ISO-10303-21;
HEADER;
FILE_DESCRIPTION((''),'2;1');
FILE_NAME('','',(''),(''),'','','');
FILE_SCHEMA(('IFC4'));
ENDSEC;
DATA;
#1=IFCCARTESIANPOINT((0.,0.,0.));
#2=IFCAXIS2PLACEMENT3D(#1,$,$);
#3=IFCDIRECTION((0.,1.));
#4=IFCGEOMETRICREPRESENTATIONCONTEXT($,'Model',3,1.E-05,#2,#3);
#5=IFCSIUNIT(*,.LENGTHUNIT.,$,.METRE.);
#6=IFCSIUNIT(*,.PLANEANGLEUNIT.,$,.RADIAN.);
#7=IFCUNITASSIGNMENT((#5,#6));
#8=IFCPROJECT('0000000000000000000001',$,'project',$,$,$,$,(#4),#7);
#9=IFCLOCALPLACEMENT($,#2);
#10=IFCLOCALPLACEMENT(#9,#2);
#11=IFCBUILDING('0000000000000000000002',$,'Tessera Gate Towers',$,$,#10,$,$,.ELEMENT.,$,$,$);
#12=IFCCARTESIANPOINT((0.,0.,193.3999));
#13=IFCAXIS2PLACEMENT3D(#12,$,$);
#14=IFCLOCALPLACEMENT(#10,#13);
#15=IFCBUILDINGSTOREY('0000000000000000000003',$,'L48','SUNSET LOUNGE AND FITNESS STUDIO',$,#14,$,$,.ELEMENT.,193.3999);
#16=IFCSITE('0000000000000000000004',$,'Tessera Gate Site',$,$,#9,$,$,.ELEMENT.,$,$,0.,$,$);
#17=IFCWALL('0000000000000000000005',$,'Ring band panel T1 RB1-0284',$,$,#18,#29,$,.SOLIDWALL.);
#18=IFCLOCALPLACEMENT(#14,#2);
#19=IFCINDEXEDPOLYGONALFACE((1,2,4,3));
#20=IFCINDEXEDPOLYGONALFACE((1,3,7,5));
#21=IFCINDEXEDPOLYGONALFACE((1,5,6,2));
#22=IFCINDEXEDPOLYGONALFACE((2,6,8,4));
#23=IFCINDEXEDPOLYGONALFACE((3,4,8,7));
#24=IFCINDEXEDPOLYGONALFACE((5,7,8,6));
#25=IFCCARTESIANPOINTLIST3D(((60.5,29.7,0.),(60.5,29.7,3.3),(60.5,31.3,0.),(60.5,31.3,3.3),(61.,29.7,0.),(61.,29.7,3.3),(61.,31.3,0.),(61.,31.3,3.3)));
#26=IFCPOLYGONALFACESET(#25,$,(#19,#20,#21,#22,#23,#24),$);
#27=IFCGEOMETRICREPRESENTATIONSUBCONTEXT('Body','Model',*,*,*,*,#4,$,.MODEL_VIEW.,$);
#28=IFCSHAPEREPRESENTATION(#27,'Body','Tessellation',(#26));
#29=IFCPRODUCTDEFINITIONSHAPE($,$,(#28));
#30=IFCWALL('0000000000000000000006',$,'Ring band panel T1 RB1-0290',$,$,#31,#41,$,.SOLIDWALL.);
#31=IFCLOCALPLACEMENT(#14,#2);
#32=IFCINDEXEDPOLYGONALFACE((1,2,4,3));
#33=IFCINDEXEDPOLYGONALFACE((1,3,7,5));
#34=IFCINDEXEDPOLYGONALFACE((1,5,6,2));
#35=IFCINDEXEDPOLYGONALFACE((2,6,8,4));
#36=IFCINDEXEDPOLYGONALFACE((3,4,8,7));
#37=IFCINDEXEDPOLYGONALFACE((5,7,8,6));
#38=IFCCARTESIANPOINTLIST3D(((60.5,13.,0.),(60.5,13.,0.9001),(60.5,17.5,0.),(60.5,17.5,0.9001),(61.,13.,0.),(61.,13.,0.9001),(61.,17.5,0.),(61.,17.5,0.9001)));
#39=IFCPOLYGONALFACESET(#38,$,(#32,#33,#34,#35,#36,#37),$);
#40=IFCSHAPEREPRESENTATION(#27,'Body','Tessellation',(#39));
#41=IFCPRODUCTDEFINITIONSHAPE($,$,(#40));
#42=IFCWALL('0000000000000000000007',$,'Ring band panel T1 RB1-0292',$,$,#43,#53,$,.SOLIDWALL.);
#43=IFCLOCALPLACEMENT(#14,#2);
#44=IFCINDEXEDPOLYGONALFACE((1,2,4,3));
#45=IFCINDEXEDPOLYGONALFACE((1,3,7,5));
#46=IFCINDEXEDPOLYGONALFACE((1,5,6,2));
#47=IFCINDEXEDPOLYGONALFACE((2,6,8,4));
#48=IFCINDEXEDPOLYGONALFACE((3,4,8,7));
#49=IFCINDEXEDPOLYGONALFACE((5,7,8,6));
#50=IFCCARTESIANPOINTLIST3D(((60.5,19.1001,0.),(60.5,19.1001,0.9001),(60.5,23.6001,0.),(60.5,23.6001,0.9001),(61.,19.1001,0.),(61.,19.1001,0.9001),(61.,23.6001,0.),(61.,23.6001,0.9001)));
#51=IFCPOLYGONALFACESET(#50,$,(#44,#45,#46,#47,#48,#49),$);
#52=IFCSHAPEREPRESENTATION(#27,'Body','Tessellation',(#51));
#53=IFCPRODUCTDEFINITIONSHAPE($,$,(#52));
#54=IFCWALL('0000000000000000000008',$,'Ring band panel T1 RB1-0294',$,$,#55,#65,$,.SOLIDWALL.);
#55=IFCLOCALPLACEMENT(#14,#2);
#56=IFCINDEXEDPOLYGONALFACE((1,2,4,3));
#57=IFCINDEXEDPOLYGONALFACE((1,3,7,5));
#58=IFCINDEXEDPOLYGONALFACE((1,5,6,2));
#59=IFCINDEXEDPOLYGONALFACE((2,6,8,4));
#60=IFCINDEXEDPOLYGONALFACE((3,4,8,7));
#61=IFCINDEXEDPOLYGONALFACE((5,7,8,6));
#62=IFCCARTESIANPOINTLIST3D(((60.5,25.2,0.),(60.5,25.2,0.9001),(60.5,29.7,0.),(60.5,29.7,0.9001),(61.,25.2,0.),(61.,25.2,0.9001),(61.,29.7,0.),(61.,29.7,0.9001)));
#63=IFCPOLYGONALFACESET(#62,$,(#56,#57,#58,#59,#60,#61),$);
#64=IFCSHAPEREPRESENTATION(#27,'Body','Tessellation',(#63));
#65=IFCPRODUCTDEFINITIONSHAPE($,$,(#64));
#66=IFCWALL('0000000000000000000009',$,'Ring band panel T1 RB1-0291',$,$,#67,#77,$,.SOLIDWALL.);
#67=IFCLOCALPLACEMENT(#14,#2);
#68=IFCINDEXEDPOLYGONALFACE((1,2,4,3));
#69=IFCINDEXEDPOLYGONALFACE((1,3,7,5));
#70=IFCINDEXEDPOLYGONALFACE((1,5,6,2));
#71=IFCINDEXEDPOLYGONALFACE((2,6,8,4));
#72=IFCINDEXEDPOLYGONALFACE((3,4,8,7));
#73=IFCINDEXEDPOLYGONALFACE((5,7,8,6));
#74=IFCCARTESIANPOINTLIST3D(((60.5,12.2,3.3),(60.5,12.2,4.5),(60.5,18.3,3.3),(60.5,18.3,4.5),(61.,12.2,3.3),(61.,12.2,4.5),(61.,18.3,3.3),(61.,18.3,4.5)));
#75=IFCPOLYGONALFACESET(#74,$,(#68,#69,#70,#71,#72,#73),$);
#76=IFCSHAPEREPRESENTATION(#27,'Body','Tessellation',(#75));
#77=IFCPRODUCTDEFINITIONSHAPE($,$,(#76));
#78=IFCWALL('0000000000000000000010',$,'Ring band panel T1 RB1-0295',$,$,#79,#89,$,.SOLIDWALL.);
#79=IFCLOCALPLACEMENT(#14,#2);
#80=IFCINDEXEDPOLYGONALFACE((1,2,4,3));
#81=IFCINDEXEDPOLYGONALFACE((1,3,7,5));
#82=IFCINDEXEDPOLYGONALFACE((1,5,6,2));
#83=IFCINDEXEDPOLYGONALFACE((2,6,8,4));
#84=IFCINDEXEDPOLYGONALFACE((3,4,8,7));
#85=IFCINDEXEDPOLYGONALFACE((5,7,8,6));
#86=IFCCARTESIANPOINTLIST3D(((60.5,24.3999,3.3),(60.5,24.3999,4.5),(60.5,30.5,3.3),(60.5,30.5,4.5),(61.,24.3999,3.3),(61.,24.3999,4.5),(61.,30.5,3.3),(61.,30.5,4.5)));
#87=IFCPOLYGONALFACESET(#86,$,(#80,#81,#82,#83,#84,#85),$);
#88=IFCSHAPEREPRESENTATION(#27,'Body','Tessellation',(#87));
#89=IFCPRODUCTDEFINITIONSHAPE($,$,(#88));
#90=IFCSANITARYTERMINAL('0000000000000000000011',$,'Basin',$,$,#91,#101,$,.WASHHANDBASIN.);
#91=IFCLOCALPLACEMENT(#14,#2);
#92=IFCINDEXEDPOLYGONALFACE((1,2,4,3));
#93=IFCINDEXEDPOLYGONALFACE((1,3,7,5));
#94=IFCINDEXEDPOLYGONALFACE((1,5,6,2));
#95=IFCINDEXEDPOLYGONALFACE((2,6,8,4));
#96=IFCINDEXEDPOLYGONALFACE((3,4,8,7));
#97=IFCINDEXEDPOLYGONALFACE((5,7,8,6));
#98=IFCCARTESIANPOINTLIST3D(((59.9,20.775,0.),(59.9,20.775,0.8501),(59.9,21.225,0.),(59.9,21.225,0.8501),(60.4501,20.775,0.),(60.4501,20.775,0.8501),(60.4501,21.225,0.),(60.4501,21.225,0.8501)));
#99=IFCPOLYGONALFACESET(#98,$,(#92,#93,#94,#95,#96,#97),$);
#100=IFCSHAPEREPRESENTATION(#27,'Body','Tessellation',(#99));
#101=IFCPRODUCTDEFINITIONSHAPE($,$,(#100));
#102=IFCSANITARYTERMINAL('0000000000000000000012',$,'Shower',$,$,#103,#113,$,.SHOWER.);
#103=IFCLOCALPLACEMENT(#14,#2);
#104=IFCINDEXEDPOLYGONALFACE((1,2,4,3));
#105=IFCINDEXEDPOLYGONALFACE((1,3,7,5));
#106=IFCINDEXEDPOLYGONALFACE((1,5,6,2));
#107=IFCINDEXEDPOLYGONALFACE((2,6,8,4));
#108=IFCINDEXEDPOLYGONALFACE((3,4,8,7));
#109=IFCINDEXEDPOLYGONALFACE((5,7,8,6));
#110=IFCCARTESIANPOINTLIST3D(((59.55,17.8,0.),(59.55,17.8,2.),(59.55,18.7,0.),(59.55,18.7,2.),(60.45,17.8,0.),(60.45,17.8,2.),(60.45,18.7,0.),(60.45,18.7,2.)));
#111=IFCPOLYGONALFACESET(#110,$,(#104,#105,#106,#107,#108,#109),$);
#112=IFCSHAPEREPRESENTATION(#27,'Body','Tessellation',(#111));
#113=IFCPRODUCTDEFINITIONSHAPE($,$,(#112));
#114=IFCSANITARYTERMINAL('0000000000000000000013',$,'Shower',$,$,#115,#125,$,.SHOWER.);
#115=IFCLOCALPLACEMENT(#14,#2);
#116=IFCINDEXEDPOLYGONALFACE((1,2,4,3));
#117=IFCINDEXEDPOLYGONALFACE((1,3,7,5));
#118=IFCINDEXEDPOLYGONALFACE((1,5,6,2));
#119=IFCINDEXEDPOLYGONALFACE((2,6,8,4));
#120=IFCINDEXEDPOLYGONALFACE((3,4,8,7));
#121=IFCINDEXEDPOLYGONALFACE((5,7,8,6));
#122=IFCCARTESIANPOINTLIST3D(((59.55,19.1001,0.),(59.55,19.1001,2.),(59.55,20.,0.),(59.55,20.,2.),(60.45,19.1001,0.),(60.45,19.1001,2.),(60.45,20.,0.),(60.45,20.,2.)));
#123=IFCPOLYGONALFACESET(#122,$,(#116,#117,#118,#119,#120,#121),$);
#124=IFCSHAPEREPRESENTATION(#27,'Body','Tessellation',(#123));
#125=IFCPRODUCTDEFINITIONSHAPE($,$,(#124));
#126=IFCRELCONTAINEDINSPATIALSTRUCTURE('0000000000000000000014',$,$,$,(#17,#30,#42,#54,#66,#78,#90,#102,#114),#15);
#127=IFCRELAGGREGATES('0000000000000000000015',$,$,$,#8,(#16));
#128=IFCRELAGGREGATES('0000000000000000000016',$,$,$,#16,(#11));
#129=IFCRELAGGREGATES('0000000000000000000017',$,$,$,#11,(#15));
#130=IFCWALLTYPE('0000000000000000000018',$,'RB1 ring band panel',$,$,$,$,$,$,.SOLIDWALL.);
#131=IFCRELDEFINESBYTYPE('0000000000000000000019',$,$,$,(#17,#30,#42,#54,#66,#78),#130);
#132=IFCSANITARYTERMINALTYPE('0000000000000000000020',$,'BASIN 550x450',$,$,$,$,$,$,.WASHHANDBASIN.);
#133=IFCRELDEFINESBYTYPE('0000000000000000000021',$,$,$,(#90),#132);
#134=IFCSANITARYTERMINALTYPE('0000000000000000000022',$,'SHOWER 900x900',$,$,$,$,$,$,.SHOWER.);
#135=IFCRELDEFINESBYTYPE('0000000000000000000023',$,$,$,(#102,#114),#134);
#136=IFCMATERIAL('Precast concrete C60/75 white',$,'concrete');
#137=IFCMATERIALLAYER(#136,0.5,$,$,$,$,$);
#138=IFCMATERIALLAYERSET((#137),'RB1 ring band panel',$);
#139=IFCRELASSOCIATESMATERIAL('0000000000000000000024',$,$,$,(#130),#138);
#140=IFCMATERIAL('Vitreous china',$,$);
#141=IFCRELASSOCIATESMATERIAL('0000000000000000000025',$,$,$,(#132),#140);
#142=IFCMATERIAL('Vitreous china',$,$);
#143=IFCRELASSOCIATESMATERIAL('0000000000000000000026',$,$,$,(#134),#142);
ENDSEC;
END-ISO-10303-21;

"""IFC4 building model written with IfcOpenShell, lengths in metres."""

from ifc_helpers import new_model, si_unit, direction, frame, origin, origin_2d, place, context, subcontext, project, spatial, polyline, rectangle, outline, extrude, source, transform, mapped, material, layer, layer_set, type_object, element, save


model = new_model("IFC4")

# Units and contexts
model_context = context("Model", 3, precision=1e-05, world=origin(), true_north=direction((0.0, 1.0)))
body_context = subcontext(model_context, "Body", "Model", "MODEL_VIEW")
ifc_project = project(units=[si_unit("LENGTHUNIT", "METRE"), si_unit("PLANEANGLEUNIT", "RADIAN")], contexts=[model_context])

# Site, building, storey
site_placement = place(None, origin())
site = spatial("IfcSite", under=ifc_project, at=site_placement, Name="Tessera Gate Site", CompositionType="ELEMENT", RefElevation=0.0)
building_placement = place(site_placement, origin())
building = spatial("IfcBuilding", under=site, at=building_placement, Name="Tessera Gate Towers", CompositionType="ELEMENT")
storey_placement = place(building_placement, frame((0.0, 0.0, 193.3999)))
storey = spatial("IfcBuildingStorey", under=building, at=storey_placement, Name="L48", Description="SUNSET LOUNGE AND FITNESS STUDIO", CompositionType="ELEMENT", Elevation=193.3999)

# Walls
ifc_material_1 = material(Name="Precast concrete C60/75 white", Category="concrete")
ifc_layer_1 = layer(ifc_material_1, 0.5)
ifc_layer_set_1 = layer_set([ifc_layer_1], Name="RB1 ring band panel")
wall_type_1 = type_object("IfcWallType", Name="RB1 ring band panel", PredefinedType="SOLIDWALL", material=ifc_layer_set_1)
shared_shape_1 = source(origin(), body_context, "Body", "SweptSolid", [
    extrude(outline(polyline([(0.0, 0.0), (1.6001, 0.0), (1.6001, 3.3), (0.0, 3.3), (0.0, 0.0)])), frame((0.0, 0.25, 0.0), z_axis=(0.0, -1.0, 0.0), x_axis=(1.0, 0.0, 0.0)), (0.0, 0.0, 1.0), 0.5),
])
for number, where, z_axis, x_axis, name in (
    (1, (60.75, 29.7, 0.0), (0.0, 0.0, 1.0), (0.0, 1.0, 0.0), "Ring band panel T1 RB1-0284"),
):
    element("IfcWall", number, at=place(storey_placement, frame(where, z_axis=z_axis, x_axis=x_axis)), inside=storey, type_object=wall_type_1, Name=name, PredefinedType="SOLIDWALL", context=body_context, shape_type="MappedRepresentation", body=[
        mapped(shared_shape_1, transform((0.0, 0.0, 0.0), scale=1.0)),
    ])
shared_shape_2 = source(origin(), body_context, "Body", "SweptSolid", [
    extrude(outline(polyline([(0.0, 0.0), (4.5, 0.0), (4.5, 0.9001), (0.0, 0.9001), (0.0, 0.0)])), frame((0.0, 0.25, 0.0), z_axis=(0.0, -1.0, 0.0), x_axis=(1.0, 0.0, 0.0)), (0.0, 0.0, 1.0), 0.5),
])
for number, where, z_axis, x_axis, name in (
    (2, (60.75, 13.0, 0.0), (0.0, 0.0, 1.0), (0.0, 1.0, 0.0), "Ring band panel T1 RB1-0290"),
    (3, (60.75, 19.1001, 0.0), (0.0, 0.0, 1.0), (0.0, 1.0, 0.0), "Ring band panel T1 RB1-0292"),
    (4, (60.75, 25.2, 0.0), (0.0, 0.0, 1.0), (0.0, 1.0, 0.0), "Ring band panel T1 RB1-0294"),
):
    element("IfcWall", number, at=place(storey_placement, frame(where, z_axis=z_axis, x_axis=x_axis)), inside=storey, type_object=wall_type_1, Name=name, PredefinedType="SOLIDWALL", context=body_context, shape_type="MappedRepresentation", body=[
        mapped(shared_shape_2, transform((0.0, 0.0, 0.0), scale=1.0)),
    ])
shared_shape_3 = source(origin(), body_context, "Body", "SweptSolid", [
    extrude(outline(polyline([(0.0, 0.0), (6.1001, 0.0), (6.1001, 1.2), (0.0, 1.2), (0.0, 0.0)])), frame((0.0, 0.25, 0.0), z_axis=(0.0, -1.0, 0.0), x_axis=(1.0, 0.0, 0.0)), (0.0, 0.0, 1.0), 0.5),
])
for number, where, z_axis, x_axis, name in (
    (5, (60.75, 12.2, 3.3), (0.0, 0.0, 1.0), (0.0, 1.0, 0.0), "Ring band panel T1 RB1-0291"),
    (6, (60.75, 24.3999, 3.3), (0.0, 0.0, 1.0), (0.0, 1.0, 0.0), "Ring band panel T1 RB1-0295"),
):
    element("IfcWall", number, at=place(storey_placement, frame(where, z_axis=z_axis, x_axis=x_axis)), inside=storey, type_object=wall_type_1, Name=name, PredefinedType="SOLIDWALL", context=body_context, shape_type="MappedRepresentation", body=[
        mapped(shared_shape_3, transform((0.0, 0.0, 0.0), scale=1.0)),
    ])

# Sanitary terminals
ifc_material_2 = material(Name="Vitreous china")
sanitary_terminal_type_1 = type_object("IfcSanitaryTerminalType", Name="BASIN 550x450", PredefinedType="WASHHANDBASIN", material=ifc_material_2)
sanitary_terminal_placement = place(storey_placement, frame((60.175, 21.0, 0.0), z_axis=(0.0, 0.0, 1.0), x_axis=(1.0, 0.0, 0.0)))
element("IfcSanitaryTerminal", 7, at=sanitary_terminal_placement, inside=storey, type_object=sanitary_terminal_type_1, Name="Basin", PredefinedType="WASHHANDBASIN", context=body_context, shape_type="SweptSolid", body=[
    extrude(rectangle(XDim=0.55, YDim=0.45, at=origin_2d()), origin(), (0.0, 0.0, 1.0), 0.8501),
])
ifc_material_3 = material(Name="Vitreous china")
sanitary_terminal_type_2 = type_object("IfcSanitaryTerminalType", Name="SHOWER 900x900", PredefinedType="SHOWER", material=ifc_material_3)
for number, where, z_axis, x_axis, name in (
    (8, (60.0, 18.25, 0.0), (0.0, 0.0, 1.0), (1.0, 0.0, 0.0), "Shower"),
    (9, (60.0, 19.55, 0.0), (0.0, 0.0, 1.0), (1.0, 0.0, 0.0), "Shower"),
):
    element("IfcSanitaryTerminal", number, at=place(storey_placement, frame(where, z_axis=z_axis, x_axis=x_axis)), inside=storey, type_object=sanitary_terminal_type_2, Name=name, PredefinedType="SHOWER", context=body_context, shape_type="SweptSolid", body=[
        extrude(rectangle(XDim=0.8999, YDim=0.8999, at=origin_2d()), origin(), (0.0, 0.0, 1.0), 2.0),
    ])

save(model, "model.ifc")
